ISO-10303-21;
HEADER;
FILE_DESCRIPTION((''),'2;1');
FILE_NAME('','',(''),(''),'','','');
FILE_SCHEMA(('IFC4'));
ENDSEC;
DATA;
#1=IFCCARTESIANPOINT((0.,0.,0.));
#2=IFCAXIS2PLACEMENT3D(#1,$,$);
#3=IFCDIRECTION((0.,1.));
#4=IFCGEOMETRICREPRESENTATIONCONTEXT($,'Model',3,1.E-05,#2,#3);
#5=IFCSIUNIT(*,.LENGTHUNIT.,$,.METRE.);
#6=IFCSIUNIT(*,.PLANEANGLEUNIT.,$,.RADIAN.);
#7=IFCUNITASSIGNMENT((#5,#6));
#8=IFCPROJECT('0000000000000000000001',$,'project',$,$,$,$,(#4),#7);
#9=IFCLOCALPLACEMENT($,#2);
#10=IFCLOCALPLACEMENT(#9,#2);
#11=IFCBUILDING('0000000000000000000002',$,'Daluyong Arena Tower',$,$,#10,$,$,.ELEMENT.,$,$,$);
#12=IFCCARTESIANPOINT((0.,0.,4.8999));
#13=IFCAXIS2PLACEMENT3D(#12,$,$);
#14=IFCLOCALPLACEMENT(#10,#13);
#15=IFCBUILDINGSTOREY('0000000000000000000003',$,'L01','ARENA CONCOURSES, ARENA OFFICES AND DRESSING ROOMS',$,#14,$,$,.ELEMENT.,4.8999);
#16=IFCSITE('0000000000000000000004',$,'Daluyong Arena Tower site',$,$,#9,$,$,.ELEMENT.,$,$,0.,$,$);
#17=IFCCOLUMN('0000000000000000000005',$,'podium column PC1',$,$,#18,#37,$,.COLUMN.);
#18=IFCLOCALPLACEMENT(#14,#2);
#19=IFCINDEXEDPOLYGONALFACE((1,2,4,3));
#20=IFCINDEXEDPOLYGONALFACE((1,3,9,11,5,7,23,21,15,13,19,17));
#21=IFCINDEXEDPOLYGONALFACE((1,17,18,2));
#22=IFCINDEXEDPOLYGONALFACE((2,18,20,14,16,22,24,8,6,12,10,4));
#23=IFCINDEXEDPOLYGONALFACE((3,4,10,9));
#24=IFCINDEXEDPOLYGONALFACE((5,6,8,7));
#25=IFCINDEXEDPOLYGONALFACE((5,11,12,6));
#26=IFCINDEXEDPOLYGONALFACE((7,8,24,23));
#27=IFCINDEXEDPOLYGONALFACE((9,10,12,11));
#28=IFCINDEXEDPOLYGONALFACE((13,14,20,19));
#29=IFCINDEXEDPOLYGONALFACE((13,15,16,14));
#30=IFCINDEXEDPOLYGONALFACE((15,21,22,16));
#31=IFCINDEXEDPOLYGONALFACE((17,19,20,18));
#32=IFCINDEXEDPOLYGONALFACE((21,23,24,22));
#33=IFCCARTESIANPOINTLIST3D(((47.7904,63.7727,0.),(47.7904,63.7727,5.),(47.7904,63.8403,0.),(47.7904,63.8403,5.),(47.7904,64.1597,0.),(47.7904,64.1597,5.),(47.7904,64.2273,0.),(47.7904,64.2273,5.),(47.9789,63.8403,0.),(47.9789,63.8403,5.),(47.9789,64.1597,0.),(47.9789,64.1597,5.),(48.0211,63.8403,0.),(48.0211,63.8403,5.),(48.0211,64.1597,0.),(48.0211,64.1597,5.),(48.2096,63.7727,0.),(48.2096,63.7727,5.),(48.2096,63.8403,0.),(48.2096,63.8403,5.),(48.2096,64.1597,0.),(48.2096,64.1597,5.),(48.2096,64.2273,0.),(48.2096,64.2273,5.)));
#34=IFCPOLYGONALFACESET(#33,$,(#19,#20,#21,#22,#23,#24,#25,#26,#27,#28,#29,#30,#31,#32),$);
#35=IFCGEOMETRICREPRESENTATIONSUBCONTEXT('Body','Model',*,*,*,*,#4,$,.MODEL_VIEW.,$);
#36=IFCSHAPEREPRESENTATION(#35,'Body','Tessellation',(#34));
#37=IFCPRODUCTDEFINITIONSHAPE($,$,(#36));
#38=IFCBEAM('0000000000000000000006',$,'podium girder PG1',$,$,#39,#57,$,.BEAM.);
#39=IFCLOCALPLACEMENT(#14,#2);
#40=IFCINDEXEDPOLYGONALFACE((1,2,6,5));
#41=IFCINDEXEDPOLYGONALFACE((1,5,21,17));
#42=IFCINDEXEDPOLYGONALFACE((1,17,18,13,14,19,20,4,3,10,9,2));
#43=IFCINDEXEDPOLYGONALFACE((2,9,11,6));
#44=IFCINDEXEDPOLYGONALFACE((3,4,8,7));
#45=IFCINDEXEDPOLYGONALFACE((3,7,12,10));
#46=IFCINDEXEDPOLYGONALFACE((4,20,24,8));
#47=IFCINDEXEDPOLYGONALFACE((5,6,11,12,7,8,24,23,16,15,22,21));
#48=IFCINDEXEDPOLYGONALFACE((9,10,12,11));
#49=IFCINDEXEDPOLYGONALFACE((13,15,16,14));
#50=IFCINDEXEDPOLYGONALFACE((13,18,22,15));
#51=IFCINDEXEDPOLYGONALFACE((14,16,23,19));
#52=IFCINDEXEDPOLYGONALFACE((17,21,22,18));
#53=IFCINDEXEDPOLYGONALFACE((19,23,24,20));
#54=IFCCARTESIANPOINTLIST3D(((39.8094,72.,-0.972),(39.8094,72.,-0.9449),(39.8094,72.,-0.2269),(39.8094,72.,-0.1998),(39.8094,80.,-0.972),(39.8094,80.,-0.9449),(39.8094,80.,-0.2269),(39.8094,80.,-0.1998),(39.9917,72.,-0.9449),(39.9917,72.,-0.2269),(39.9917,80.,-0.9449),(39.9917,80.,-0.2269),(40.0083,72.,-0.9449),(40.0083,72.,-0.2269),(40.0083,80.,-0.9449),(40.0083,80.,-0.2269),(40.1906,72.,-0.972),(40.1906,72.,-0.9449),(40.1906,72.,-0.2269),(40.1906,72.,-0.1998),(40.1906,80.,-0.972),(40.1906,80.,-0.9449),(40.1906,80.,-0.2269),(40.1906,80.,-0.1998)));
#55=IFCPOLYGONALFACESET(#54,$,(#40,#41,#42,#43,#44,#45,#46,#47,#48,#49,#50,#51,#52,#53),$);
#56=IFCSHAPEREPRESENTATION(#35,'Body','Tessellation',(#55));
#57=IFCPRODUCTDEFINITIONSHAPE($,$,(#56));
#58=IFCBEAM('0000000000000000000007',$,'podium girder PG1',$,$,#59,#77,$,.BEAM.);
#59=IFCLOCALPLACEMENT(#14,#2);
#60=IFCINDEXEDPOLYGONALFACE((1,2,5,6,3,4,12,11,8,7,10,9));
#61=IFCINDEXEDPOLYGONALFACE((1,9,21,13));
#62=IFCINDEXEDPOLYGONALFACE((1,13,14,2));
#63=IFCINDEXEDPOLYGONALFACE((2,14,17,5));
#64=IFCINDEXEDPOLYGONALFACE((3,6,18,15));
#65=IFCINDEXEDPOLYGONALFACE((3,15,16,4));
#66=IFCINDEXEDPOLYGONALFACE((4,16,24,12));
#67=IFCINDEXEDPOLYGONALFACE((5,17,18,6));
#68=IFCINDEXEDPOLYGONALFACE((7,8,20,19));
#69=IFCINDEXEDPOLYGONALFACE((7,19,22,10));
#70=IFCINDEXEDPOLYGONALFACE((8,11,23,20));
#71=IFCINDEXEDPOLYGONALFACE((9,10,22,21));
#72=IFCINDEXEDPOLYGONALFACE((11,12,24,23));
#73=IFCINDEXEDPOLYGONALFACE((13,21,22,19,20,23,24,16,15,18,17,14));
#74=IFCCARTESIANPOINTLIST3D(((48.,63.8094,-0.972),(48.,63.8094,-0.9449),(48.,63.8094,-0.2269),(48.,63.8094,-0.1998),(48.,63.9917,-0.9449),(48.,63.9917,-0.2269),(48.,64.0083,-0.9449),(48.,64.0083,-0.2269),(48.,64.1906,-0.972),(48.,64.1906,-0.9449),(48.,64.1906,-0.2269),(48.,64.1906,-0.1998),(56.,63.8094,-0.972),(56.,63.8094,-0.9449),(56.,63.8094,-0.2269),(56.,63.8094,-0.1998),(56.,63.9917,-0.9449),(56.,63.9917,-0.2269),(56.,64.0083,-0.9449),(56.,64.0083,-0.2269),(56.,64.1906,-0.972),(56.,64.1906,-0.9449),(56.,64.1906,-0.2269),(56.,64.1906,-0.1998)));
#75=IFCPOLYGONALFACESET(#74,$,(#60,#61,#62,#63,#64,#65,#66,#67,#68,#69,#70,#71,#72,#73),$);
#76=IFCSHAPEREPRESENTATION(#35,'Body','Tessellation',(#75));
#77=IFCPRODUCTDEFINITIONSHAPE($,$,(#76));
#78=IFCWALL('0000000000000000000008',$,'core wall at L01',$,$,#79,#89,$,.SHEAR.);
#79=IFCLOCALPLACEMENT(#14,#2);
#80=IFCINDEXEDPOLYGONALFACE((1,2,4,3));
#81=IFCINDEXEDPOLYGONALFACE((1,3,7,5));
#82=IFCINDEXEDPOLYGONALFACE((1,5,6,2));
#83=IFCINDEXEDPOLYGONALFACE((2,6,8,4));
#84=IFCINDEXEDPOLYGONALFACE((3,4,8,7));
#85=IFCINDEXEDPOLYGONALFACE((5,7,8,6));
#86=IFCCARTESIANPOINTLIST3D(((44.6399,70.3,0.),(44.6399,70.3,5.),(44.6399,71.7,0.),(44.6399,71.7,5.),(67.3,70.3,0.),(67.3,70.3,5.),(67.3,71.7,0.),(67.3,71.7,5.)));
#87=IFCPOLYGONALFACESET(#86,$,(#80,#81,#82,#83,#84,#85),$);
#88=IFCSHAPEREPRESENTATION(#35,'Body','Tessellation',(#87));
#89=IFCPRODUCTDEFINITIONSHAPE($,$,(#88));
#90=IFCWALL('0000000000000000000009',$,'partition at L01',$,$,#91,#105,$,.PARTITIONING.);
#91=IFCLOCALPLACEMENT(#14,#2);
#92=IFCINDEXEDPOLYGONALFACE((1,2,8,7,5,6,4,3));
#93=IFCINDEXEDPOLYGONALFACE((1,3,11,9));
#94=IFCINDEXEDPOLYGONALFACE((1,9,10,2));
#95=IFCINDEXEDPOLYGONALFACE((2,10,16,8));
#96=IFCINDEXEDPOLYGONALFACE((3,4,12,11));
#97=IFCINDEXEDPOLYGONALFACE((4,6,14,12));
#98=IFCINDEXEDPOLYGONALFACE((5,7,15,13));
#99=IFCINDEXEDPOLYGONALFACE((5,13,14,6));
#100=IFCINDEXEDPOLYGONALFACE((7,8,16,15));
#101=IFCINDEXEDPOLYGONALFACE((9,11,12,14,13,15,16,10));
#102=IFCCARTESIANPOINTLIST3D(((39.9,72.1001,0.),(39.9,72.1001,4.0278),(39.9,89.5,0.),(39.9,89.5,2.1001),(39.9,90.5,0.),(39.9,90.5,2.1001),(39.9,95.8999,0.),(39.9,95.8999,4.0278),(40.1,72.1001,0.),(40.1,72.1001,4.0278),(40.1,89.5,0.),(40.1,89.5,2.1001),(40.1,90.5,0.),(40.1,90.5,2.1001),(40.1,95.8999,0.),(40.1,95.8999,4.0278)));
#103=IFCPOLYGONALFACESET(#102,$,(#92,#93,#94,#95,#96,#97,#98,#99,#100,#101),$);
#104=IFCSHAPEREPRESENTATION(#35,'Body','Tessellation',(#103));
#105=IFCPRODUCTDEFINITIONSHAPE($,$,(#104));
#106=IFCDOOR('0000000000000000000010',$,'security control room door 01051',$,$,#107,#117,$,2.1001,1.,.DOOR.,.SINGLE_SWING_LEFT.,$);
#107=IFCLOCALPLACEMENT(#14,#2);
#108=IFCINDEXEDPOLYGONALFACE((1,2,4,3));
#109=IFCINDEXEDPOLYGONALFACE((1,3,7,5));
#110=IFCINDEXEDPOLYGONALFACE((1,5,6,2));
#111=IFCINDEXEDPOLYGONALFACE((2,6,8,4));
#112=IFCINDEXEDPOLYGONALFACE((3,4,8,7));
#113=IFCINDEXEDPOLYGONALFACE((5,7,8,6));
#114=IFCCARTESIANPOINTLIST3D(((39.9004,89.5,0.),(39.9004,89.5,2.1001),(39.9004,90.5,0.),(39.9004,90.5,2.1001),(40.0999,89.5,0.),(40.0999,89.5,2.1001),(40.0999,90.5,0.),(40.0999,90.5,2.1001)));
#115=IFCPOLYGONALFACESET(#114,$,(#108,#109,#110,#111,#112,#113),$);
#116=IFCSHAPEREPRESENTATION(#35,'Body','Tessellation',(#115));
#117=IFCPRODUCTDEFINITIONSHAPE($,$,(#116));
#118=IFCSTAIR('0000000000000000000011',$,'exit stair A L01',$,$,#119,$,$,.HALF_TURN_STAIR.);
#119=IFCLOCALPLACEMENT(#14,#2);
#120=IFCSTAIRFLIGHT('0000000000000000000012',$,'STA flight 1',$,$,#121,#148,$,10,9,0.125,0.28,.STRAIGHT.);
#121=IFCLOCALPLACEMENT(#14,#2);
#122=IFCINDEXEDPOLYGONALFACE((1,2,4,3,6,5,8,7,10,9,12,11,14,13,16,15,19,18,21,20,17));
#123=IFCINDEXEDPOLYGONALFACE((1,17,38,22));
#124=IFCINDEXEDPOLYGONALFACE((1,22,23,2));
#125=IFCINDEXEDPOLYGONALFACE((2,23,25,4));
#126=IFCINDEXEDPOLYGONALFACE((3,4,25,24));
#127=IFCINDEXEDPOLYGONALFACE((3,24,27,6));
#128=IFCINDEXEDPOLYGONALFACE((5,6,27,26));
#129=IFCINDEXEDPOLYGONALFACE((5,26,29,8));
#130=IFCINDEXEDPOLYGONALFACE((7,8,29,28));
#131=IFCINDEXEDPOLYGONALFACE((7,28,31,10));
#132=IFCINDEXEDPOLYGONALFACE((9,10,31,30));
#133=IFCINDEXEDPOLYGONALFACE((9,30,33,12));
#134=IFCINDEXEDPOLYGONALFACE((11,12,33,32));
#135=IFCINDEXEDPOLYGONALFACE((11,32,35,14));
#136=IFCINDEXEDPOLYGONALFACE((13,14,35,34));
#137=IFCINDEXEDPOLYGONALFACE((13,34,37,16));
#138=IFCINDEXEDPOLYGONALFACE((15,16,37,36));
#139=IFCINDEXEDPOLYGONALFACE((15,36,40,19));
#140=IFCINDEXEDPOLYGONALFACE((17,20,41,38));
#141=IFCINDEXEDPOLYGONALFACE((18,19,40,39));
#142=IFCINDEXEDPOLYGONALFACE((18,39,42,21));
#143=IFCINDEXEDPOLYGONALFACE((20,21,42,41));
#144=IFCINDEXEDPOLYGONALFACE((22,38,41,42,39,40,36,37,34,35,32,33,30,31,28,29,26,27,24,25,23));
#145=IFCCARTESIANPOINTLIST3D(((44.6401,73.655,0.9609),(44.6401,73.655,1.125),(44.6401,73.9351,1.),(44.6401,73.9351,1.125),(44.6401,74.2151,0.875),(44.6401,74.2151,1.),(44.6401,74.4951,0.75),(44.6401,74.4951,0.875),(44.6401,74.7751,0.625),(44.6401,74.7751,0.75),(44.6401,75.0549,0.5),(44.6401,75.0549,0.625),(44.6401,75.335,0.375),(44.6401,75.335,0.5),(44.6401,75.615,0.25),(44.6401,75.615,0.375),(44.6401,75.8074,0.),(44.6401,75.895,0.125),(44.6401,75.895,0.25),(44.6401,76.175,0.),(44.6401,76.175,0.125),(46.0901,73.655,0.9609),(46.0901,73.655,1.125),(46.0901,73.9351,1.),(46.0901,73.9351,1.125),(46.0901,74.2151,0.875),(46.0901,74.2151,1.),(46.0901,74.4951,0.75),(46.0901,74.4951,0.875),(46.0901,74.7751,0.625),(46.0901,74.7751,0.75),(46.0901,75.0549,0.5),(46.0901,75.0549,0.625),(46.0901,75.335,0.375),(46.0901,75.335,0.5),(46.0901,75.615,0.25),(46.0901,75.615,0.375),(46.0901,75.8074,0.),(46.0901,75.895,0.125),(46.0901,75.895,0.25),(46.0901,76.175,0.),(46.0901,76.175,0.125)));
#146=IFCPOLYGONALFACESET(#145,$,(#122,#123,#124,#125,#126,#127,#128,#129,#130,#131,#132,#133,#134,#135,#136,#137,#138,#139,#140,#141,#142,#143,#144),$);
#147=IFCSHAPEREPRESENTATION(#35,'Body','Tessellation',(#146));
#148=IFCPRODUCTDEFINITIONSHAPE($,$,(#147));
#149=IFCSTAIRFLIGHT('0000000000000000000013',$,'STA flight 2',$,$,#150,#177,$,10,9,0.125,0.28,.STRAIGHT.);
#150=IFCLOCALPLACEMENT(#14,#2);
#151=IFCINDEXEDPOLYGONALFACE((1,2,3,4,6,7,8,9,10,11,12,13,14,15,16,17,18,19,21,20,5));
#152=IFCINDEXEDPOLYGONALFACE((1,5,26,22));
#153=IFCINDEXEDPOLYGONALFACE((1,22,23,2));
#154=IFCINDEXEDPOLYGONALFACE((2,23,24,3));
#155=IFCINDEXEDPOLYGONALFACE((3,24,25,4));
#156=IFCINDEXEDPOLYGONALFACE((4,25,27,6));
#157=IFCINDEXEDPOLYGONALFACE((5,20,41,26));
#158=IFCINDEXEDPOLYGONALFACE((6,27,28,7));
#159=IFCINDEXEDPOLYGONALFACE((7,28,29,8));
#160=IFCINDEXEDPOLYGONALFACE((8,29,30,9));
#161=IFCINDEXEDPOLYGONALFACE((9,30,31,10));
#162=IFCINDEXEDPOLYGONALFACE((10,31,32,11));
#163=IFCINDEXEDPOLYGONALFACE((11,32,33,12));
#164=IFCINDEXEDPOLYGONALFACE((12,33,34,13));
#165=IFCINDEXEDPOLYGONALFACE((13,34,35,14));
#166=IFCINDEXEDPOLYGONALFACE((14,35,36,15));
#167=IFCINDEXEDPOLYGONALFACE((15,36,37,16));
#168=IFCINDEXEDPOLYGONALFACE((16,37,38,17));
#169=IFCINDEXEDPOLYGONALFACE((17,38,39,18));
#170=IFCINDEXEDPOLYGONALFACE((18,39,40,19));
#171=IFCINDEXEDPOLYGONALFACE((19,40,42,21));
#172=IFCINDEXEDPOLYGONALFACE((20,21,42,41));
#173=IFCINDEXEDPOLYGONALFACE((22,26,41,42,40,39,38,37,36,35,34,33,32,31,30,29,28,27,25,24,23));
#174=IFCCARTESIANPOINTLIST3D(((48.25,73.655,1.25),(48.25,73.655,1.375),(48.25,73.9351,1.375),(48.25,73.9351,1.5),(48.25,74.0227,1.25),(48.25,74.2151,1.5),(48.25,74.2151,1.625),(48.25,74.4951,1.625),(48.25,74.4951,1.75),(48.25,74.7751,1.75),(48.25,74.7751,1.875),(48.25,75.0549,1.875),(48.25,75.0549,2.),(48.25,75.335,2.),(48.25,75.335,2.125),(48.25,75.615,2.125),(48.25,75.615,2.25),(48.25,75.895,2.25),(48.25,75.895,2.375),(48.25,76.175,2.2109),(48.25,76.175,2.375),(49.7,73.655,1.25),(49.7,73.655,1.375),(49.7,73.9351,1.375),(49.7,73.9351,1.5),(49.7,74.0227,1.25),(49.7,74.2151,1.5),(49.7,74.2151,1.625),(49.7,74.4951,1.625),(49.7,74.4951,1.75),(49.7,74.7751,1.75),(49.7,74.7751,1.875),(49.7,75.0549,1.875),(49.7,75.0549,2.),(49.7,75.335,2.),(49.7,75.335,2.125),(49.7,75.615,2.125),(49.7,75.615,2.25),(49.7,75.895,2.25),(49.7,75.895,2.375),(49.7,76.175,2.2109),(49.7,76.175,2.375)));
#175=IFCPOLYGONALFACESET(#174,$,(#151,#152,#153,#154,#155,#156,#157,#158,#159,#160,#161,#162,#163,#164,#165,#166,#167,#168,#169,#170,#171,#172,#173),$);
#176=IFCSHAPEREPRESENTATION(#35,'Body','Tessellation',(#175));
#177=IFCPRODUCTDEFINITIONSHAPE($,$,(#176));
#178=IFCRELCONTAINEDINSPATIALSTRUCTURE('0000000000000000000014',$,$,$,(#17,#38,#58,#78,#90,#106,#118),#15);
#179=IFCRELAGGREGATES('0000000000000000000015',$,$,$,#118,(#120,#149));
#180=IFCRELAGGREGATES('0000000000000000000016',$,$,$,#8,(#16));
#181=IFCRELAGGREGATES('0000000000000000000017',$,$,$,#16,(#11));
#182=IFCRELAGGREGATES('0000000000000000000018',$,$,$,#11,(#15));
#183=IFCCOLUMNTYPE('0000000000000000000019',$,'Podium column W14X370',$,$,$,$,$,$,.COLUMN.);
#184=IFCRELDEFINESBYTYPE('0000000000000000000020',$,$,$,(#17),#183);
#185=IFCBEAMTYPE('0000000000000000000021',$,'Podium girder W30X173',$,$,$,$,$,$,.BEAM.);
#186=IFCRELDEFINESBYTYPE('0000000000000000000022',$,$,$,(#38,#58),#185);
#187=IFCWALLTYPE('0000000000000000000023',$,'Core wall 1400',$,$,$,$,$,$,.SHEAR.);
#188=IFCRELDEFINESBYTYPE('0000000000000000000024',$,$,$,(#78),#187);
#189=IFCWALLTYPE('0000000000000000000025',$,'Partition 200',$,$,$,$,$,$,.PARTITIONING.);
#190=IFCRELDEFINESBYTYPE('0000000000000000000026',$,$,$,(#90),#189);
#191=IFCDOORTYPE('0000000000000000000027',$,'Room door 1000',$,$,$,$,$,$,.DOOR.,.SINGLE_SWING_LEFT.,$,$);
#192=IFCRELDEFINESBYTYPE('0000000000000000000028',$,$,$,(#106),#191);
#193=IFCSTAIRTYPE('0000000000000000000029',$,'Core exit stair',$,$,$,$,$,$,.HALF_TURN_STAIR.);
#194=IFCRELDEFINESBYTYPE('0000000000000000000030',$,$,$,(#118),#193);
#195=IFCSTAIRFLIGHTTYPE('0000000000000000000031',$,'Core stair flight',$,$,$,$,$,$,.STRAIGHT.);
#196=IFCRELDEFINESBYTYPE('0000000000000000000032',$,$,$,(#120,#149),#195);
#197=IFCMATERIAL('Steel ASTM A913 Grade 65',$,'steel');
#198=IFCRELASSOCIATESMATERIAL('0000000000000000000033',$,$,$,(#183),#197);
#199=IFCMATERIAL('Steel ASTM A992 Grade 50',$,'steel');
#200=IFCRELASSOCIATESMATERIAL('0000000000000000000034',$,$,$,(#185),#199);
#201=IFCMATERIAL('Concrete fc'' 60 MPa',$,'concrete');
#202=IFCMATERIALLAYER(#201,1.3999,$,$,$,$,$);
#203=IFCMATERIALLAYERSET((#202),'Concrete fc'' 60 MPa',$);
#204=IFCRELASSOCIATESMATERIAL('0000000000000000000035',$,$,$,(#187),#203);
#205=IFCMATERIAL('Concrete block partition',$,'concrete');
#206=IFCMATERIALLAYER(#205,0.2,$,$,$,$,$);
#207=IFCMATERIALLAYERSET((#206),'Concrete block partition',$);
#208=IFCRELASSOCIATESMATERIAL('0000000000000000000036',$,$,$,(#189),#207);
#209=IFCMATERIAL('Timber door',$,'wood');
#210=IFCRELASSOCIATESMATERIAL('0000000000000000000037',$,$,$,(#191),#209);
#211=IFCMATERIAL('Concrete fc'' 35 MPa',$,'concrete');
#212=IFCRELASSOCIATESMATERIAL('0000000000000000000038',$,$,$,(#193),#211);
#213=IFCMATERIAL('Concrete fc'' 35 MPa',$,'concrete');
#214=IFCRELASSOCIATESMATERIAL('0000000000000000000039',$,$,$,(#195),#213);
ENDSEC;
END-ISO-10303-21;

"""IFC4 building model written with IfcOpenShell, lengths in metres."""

from ifc_helpers import new_model, si_unit, direction, frame, frame_2d, origin, origin_2d, place, context, subcontext, project, spatial, polyline, rectangle, i_section, outline, extrude, material, layer, layer_set, material_profile, profile_set, type_object, element, fill, aggregate, save


model = new_model("IFC4")

# Units and contexts
model_context = context("Model", 3, precision=1e-05, world=origin(), true_north=direction((0.0, 1.0)))
body_context = subcontext(model_context, "Body", "Model", "MODEL_VIEW")
ifc_project = project(units=[si_unit("LENGTHUNIT", "METRE"), si_unit("PLANEANGLEUNIT", "RADIAN")], contexts=[model_context])

# Site, building, storey
site_placement = place(None, origin())
site = spatial("IfcSite", under=ifc_project, at=site_placement, Name="Daluyong Arena Tower site", CompositionType="ELEMENT", RefElevation=0.0)
building_placement = place(site_placement, origin())
building = spatial("IfcBuilding", under=site, at=building_placement, Name="Daluyong Arena Tower", CompositionType="ELEMENT")
storey_placement = place(building_placement, frame((0.0, 0.0, 4.8999)))
storey = spatial("IfcBuildingStorey", under=building, at=storey_placement, Name="L01", Description="ARENA CONCOURSES, ARENA OFFICES AND DRESSING ROOMS", CompositionType="ELEMENT", Elevation=4.8999)

# Column
ifc_material_1 = material(Name="Steel ASTM A913 Grade 65", Category="steel")
ifc_material_profile_1 = material_profile(ifc_material_1, i_section(OverallWidth=0.4192, OverallDepth=0.4546, WebThickness=0.0422, FlangeThickness=0.0676, at=origin_2d()))
ifc_profile_set_1 = profile_set([ifc_material_profile_1], Name="Steel ASTM A913 Grade 65")
column_type = type_object("IfcColumnType", Name="Podium column W14X370", PredefinedType="COLUMN", material=ifc_profile_set_1)
column_placement = place(storey_placement, frame((48.0, 64.0, 0.0), z_axis=(0.0, 0.0, 1.0), x_axis=(1.0, 0.0, 0.0)))
element("IfcColumn", 1, at=column_placement, inside=storey, type_object=column_type, Name="podium column PC1", PredefinedType="COLUMN", context=body_context, shape_type="SweptSolid", body=[
    extrude(i_section(OverallWidth=0.4192, OverallDepth=0.4546, WebThickness=0.0422, FlangeThickness=0.0676, at=origin_2d()), origin(), (0.0, 0.0, 1.0), 5.0),
])

# Beams
ifc_material_2 = material(Name="Steel ASTM A992 Grade 50", Category="steel")
ifc_material_profile_2 = material_profile(ifc_material_2, i_section(OverallWidth=0.3811, OverallDepth=0.7722, WebThickness=0.0166, FlangeThickness=0.0271, at=origin_2d()))
ifc_profile_set_2 = profile_set([ifc_material_profile_2], Name="Steel ASTM A992 Grade 50")
beam_type = type_object("IfcBeamType", Name="Podium girder W30X173", PredefinedType="BEAM", material=ifc_profile_set_2)
for number, where, z_axis, x_axis, name in (
    (2, (40.0, 72.0, -0.5859), (0.0, 1.0, 0.0), (-1.0, 0.0, 0.0), "podium girder PG1"),
    (3, (48.0, 64.0, -0.5859), (1.0, 0.0, 0.0), (0.0, 1.0, 0.0), "podium girder PG1"),
):
    element("IfcBeam", number, at=place(storey_placement, frame(where, z_axis=z_axis, x_axis=x_axis)), inside=storey, type_object=beam_type, Name=name, PredefinedType="BEAM", context=body_context, shape_type="SweptSolid", body=[
        extrude(i_section(OverallWidth=0.3811, OverallDepth=0.7722, WebThickness=0.0166, FlangeThickness=0.0271, at=origin_2d()), origin(), (0.0, 0.0, 1.0), 8.0),
    ])

# Wall
ifc_material_3 = material(Name="Concrete fc' 60 MPa", Category="concrete")
ifc_layer_1 = layer(ifc_material_3, 1.3999)
ifc_layer_set_1 = layer_set([ifc_layer_1], Name="Concrete fc' 60 MPa")
wall_type_1 = type_object("IfcWallType", Name="Core wall 1400", PredefinedType="SHEAR", material=ifc_layer_set_1)
wall_1_placement = place(storey_placement, frame((44.6399, 71.0, 0.0), z_axis=(0.0, 0.0, 1.0), x_axis=(1.0, 0.0, 0.0)))
element("IfcWall", 4, at=wall_1_placement, inside=storey, type_object=wall_type_1, Name="core wall at L01", PredefinedType="SHEAR", context=body_context, shape_type="SweptSolid", body=[
    extrude(rectangle(XDim=22.6602, YDim=1.3999, at=frame_2d((11.3301, 0.0))), origin(), (0.0, 0.0, 1.0), 5.0),
])

# Wall, opening, door
ifc_material_4 = material(Name="Concrete block partition", Category="concrete")
ifc_layer_2 = layer(ifc_material_4, 0.2)
ifc_layer_set_2 = layer_set([ifc_layer_2], Name="Concrete block partition")
wall_type_2 = type_object("IfcWallType", Name="Partition 200", PredefinedType="PARTITIONING", material=ifc_layer_set_2)
wall_2_placement = place(storey_placement, frame((40.0, 72.1001, 0.0), z_axis=(0.0, 0.0, 1.0), x_axis=(0.0, 1.0, 0.0)))
wall_2 = element("IfcWall", 5, at=wall_2_placement, inside=storey, type_object=wall_type_2, Name="partition at L01", PredefinedType="PARTITIONING", context=body_context, shape_type="SweptSolid", body=[
    extrude(rectangle(XDim=23.7998, YDim=0.2, at=frame_2d((11.8999, 0.0))), origin(), (0.0, 0.0, 1.0), 4.0278),
])
opening_1_placement = place(wall_2_placement, frame((17.3999, 0.0, 0.0)))
opening_1 = element("IfcOpeningElement", 6, at=opening_1_placement, cuts=wall_2, PredefinedType="OPENING", context=body_context, shape_type="SweptSolid", body=[
    extrude(rectangle(XDim=1.0, YDim=2.1001, at=frame_2d((0.5, 1.05))), frame((0.0, 0.1099, 0.0), z_axis=(0.0, -1.0, 0.0), x_axis=(1.0, 0.0, 0.0)), (0.0, 0.0, 1.0), 0.22),
])
ifc_material_5 = material(Name="Timber door", Category="wood")
door_type_1 = type_object("IfcDoorType", Name="Room door 1000", OperationType="SINGLE_SWING_LEFT", PredefinedType="DOOR", material=ifc_material_5)
door_1_placement = place(opening_1_placement, origin())
door_1 = element("IfcDoor", 7, at=door_1_placement, inside=storey, type_object=door_type_1, Name="security control room door 01051", OperationType="SINGLE_SWING_LEFT", OverallHeight=2.1001, OverallWidth=1.0, PredefinedType="DOOR", context=body_context, shape_type="SweptSolid", body=[
    extrude(rectangle(XDim=1.0, YDim=2.1001, at=frame_2d((0.5, 1.05))), frame((0.0, 0.0996, 0.0), z_axis=(0.0, -1.0, 0.0), x_axis=(1.0, 0.0, 0.0)), (0.0, 0.0, 1.0), 0.1995),
])
fill(opening_1, door_1)

# Stair, stair flights
ifc_material_6 = material(Name="Concrete fc' 35 MPa", Category="concrete")
stair_type = type_object("IfcStairType", Name="Core exit stair", PredefinedType="HALF_TURN_STAIR", material=ifc_material_6)
stair_placement = place(storey_placement, origin())
stair = element("IfcStair", 8, at=stair_placement, inside=storey, type_object=stair_type, Name="exit stair A L01", PredefinedType="HALF_TURN_STAIR")
ifc_material_7 = material(Name="Concrete fc' 35 MPa", Category="concrete")
stair_flight_type = type_object("IfcStairFlightType", Name="Core stair flight", PredefinedType="STRAIGHT", material=ifc_material_7)
stair_flight_1_placement = place(storey_placement, frame((45.365, 76.175, 0.0), z_axis=(0.0, 0.0, 1.0), x_axis=(0.0, -1.0, 0.0)))
stair_flight_1 = element("IfcStairFlight", 9, at=stair_flight_1_placement, type_object=stair_flight_type, Name="STA flight 1", NumberOfRisers=10, NumberOfTreads=9, PredefinedType="STRAIGHT", RiserHeight=0.125, TreadLength=0.28, context=body_context, shape_type="SweptSolid", body=[
    extrude(outline(polyline([(0.0, 0.0), (0.0, 0.125), (0.28, 0.125), (0.28, 0.25), (0.5601, 0.25), (0.5601, 0.375), (0.8401, 0.375), (0.8401, 0.5), (1.1201, 0.5), (1.1201, 0.625), (1.3999, 0.625), (1.3999, 0.75), (1.6799, 0.75), (1.6799, 0.875), (1.96, 0.875), (1.96, 1.0), (2.24, 1.0), (2.24, 1.125), (2.52, 1.125), (2.52, 1.25), (2.52, 0.9609), (0.3677, 0.0), (0.0, 0.0)])), frame((0.0, 0.7251, 0.0), z_axis=(0.0, -1.0, 0.0), x_axis=(1.0, 0.0, 0.0)), (0.0, 0.0, 1.0), 1.45),
])
stair_flight_2_placement = place(storey_placement, frame((48.9751, 73.655, 1.25), z_axis=(0.0, 0.0, 1.0), x_axis=(0.0, 1.0, 0.0)))
stair_flight_2 = element("IfcStairFlight", 10, at=stair_flight_2_placement, type_object=stair_flight_type, Name="STA flight 2", NumberOfRisers=10, NumberOfTreads=9, PredefinedType="STRAIGHT", RiserHeight=0.125, TreadLength=0.28, context=body_context, shape_type="SweptSolid", body=[
    extrude(outline(polyline([(0.0, 0.0), (0.0, 0.125), (0.28, 0.125), (0.28, 0.25), (0.5601, 0.25), (0.5601, 0.375), (0.8401, 0.375), (0.8401, 0.5), (1.1201, 0.5), (1.1201, 0.625), (1.3999, 0.625), (1.3999, 0.75), (1.6799, 0.75), (1.6799, 0.875), (1.96, 0.875), (1.96, 1.0), (2.24, 1.0), (2.24, 1.125), (2.52, 1.125), (2.52, 1.25), (2.52, 0.9609), (0.3677, 0.0), (0.0, 0.0)])), frame((0.0, 0.7251, 0.0), z_axis=(0.0, -1.0, 0.0), x_axis=(1.0, 0.0, 0.0)), (0.0, 0.0, 1.0), 1.45),
])
aggregate(stair, [stair_flight_1, stair_flight_2])

save(model, "model.ifc")
